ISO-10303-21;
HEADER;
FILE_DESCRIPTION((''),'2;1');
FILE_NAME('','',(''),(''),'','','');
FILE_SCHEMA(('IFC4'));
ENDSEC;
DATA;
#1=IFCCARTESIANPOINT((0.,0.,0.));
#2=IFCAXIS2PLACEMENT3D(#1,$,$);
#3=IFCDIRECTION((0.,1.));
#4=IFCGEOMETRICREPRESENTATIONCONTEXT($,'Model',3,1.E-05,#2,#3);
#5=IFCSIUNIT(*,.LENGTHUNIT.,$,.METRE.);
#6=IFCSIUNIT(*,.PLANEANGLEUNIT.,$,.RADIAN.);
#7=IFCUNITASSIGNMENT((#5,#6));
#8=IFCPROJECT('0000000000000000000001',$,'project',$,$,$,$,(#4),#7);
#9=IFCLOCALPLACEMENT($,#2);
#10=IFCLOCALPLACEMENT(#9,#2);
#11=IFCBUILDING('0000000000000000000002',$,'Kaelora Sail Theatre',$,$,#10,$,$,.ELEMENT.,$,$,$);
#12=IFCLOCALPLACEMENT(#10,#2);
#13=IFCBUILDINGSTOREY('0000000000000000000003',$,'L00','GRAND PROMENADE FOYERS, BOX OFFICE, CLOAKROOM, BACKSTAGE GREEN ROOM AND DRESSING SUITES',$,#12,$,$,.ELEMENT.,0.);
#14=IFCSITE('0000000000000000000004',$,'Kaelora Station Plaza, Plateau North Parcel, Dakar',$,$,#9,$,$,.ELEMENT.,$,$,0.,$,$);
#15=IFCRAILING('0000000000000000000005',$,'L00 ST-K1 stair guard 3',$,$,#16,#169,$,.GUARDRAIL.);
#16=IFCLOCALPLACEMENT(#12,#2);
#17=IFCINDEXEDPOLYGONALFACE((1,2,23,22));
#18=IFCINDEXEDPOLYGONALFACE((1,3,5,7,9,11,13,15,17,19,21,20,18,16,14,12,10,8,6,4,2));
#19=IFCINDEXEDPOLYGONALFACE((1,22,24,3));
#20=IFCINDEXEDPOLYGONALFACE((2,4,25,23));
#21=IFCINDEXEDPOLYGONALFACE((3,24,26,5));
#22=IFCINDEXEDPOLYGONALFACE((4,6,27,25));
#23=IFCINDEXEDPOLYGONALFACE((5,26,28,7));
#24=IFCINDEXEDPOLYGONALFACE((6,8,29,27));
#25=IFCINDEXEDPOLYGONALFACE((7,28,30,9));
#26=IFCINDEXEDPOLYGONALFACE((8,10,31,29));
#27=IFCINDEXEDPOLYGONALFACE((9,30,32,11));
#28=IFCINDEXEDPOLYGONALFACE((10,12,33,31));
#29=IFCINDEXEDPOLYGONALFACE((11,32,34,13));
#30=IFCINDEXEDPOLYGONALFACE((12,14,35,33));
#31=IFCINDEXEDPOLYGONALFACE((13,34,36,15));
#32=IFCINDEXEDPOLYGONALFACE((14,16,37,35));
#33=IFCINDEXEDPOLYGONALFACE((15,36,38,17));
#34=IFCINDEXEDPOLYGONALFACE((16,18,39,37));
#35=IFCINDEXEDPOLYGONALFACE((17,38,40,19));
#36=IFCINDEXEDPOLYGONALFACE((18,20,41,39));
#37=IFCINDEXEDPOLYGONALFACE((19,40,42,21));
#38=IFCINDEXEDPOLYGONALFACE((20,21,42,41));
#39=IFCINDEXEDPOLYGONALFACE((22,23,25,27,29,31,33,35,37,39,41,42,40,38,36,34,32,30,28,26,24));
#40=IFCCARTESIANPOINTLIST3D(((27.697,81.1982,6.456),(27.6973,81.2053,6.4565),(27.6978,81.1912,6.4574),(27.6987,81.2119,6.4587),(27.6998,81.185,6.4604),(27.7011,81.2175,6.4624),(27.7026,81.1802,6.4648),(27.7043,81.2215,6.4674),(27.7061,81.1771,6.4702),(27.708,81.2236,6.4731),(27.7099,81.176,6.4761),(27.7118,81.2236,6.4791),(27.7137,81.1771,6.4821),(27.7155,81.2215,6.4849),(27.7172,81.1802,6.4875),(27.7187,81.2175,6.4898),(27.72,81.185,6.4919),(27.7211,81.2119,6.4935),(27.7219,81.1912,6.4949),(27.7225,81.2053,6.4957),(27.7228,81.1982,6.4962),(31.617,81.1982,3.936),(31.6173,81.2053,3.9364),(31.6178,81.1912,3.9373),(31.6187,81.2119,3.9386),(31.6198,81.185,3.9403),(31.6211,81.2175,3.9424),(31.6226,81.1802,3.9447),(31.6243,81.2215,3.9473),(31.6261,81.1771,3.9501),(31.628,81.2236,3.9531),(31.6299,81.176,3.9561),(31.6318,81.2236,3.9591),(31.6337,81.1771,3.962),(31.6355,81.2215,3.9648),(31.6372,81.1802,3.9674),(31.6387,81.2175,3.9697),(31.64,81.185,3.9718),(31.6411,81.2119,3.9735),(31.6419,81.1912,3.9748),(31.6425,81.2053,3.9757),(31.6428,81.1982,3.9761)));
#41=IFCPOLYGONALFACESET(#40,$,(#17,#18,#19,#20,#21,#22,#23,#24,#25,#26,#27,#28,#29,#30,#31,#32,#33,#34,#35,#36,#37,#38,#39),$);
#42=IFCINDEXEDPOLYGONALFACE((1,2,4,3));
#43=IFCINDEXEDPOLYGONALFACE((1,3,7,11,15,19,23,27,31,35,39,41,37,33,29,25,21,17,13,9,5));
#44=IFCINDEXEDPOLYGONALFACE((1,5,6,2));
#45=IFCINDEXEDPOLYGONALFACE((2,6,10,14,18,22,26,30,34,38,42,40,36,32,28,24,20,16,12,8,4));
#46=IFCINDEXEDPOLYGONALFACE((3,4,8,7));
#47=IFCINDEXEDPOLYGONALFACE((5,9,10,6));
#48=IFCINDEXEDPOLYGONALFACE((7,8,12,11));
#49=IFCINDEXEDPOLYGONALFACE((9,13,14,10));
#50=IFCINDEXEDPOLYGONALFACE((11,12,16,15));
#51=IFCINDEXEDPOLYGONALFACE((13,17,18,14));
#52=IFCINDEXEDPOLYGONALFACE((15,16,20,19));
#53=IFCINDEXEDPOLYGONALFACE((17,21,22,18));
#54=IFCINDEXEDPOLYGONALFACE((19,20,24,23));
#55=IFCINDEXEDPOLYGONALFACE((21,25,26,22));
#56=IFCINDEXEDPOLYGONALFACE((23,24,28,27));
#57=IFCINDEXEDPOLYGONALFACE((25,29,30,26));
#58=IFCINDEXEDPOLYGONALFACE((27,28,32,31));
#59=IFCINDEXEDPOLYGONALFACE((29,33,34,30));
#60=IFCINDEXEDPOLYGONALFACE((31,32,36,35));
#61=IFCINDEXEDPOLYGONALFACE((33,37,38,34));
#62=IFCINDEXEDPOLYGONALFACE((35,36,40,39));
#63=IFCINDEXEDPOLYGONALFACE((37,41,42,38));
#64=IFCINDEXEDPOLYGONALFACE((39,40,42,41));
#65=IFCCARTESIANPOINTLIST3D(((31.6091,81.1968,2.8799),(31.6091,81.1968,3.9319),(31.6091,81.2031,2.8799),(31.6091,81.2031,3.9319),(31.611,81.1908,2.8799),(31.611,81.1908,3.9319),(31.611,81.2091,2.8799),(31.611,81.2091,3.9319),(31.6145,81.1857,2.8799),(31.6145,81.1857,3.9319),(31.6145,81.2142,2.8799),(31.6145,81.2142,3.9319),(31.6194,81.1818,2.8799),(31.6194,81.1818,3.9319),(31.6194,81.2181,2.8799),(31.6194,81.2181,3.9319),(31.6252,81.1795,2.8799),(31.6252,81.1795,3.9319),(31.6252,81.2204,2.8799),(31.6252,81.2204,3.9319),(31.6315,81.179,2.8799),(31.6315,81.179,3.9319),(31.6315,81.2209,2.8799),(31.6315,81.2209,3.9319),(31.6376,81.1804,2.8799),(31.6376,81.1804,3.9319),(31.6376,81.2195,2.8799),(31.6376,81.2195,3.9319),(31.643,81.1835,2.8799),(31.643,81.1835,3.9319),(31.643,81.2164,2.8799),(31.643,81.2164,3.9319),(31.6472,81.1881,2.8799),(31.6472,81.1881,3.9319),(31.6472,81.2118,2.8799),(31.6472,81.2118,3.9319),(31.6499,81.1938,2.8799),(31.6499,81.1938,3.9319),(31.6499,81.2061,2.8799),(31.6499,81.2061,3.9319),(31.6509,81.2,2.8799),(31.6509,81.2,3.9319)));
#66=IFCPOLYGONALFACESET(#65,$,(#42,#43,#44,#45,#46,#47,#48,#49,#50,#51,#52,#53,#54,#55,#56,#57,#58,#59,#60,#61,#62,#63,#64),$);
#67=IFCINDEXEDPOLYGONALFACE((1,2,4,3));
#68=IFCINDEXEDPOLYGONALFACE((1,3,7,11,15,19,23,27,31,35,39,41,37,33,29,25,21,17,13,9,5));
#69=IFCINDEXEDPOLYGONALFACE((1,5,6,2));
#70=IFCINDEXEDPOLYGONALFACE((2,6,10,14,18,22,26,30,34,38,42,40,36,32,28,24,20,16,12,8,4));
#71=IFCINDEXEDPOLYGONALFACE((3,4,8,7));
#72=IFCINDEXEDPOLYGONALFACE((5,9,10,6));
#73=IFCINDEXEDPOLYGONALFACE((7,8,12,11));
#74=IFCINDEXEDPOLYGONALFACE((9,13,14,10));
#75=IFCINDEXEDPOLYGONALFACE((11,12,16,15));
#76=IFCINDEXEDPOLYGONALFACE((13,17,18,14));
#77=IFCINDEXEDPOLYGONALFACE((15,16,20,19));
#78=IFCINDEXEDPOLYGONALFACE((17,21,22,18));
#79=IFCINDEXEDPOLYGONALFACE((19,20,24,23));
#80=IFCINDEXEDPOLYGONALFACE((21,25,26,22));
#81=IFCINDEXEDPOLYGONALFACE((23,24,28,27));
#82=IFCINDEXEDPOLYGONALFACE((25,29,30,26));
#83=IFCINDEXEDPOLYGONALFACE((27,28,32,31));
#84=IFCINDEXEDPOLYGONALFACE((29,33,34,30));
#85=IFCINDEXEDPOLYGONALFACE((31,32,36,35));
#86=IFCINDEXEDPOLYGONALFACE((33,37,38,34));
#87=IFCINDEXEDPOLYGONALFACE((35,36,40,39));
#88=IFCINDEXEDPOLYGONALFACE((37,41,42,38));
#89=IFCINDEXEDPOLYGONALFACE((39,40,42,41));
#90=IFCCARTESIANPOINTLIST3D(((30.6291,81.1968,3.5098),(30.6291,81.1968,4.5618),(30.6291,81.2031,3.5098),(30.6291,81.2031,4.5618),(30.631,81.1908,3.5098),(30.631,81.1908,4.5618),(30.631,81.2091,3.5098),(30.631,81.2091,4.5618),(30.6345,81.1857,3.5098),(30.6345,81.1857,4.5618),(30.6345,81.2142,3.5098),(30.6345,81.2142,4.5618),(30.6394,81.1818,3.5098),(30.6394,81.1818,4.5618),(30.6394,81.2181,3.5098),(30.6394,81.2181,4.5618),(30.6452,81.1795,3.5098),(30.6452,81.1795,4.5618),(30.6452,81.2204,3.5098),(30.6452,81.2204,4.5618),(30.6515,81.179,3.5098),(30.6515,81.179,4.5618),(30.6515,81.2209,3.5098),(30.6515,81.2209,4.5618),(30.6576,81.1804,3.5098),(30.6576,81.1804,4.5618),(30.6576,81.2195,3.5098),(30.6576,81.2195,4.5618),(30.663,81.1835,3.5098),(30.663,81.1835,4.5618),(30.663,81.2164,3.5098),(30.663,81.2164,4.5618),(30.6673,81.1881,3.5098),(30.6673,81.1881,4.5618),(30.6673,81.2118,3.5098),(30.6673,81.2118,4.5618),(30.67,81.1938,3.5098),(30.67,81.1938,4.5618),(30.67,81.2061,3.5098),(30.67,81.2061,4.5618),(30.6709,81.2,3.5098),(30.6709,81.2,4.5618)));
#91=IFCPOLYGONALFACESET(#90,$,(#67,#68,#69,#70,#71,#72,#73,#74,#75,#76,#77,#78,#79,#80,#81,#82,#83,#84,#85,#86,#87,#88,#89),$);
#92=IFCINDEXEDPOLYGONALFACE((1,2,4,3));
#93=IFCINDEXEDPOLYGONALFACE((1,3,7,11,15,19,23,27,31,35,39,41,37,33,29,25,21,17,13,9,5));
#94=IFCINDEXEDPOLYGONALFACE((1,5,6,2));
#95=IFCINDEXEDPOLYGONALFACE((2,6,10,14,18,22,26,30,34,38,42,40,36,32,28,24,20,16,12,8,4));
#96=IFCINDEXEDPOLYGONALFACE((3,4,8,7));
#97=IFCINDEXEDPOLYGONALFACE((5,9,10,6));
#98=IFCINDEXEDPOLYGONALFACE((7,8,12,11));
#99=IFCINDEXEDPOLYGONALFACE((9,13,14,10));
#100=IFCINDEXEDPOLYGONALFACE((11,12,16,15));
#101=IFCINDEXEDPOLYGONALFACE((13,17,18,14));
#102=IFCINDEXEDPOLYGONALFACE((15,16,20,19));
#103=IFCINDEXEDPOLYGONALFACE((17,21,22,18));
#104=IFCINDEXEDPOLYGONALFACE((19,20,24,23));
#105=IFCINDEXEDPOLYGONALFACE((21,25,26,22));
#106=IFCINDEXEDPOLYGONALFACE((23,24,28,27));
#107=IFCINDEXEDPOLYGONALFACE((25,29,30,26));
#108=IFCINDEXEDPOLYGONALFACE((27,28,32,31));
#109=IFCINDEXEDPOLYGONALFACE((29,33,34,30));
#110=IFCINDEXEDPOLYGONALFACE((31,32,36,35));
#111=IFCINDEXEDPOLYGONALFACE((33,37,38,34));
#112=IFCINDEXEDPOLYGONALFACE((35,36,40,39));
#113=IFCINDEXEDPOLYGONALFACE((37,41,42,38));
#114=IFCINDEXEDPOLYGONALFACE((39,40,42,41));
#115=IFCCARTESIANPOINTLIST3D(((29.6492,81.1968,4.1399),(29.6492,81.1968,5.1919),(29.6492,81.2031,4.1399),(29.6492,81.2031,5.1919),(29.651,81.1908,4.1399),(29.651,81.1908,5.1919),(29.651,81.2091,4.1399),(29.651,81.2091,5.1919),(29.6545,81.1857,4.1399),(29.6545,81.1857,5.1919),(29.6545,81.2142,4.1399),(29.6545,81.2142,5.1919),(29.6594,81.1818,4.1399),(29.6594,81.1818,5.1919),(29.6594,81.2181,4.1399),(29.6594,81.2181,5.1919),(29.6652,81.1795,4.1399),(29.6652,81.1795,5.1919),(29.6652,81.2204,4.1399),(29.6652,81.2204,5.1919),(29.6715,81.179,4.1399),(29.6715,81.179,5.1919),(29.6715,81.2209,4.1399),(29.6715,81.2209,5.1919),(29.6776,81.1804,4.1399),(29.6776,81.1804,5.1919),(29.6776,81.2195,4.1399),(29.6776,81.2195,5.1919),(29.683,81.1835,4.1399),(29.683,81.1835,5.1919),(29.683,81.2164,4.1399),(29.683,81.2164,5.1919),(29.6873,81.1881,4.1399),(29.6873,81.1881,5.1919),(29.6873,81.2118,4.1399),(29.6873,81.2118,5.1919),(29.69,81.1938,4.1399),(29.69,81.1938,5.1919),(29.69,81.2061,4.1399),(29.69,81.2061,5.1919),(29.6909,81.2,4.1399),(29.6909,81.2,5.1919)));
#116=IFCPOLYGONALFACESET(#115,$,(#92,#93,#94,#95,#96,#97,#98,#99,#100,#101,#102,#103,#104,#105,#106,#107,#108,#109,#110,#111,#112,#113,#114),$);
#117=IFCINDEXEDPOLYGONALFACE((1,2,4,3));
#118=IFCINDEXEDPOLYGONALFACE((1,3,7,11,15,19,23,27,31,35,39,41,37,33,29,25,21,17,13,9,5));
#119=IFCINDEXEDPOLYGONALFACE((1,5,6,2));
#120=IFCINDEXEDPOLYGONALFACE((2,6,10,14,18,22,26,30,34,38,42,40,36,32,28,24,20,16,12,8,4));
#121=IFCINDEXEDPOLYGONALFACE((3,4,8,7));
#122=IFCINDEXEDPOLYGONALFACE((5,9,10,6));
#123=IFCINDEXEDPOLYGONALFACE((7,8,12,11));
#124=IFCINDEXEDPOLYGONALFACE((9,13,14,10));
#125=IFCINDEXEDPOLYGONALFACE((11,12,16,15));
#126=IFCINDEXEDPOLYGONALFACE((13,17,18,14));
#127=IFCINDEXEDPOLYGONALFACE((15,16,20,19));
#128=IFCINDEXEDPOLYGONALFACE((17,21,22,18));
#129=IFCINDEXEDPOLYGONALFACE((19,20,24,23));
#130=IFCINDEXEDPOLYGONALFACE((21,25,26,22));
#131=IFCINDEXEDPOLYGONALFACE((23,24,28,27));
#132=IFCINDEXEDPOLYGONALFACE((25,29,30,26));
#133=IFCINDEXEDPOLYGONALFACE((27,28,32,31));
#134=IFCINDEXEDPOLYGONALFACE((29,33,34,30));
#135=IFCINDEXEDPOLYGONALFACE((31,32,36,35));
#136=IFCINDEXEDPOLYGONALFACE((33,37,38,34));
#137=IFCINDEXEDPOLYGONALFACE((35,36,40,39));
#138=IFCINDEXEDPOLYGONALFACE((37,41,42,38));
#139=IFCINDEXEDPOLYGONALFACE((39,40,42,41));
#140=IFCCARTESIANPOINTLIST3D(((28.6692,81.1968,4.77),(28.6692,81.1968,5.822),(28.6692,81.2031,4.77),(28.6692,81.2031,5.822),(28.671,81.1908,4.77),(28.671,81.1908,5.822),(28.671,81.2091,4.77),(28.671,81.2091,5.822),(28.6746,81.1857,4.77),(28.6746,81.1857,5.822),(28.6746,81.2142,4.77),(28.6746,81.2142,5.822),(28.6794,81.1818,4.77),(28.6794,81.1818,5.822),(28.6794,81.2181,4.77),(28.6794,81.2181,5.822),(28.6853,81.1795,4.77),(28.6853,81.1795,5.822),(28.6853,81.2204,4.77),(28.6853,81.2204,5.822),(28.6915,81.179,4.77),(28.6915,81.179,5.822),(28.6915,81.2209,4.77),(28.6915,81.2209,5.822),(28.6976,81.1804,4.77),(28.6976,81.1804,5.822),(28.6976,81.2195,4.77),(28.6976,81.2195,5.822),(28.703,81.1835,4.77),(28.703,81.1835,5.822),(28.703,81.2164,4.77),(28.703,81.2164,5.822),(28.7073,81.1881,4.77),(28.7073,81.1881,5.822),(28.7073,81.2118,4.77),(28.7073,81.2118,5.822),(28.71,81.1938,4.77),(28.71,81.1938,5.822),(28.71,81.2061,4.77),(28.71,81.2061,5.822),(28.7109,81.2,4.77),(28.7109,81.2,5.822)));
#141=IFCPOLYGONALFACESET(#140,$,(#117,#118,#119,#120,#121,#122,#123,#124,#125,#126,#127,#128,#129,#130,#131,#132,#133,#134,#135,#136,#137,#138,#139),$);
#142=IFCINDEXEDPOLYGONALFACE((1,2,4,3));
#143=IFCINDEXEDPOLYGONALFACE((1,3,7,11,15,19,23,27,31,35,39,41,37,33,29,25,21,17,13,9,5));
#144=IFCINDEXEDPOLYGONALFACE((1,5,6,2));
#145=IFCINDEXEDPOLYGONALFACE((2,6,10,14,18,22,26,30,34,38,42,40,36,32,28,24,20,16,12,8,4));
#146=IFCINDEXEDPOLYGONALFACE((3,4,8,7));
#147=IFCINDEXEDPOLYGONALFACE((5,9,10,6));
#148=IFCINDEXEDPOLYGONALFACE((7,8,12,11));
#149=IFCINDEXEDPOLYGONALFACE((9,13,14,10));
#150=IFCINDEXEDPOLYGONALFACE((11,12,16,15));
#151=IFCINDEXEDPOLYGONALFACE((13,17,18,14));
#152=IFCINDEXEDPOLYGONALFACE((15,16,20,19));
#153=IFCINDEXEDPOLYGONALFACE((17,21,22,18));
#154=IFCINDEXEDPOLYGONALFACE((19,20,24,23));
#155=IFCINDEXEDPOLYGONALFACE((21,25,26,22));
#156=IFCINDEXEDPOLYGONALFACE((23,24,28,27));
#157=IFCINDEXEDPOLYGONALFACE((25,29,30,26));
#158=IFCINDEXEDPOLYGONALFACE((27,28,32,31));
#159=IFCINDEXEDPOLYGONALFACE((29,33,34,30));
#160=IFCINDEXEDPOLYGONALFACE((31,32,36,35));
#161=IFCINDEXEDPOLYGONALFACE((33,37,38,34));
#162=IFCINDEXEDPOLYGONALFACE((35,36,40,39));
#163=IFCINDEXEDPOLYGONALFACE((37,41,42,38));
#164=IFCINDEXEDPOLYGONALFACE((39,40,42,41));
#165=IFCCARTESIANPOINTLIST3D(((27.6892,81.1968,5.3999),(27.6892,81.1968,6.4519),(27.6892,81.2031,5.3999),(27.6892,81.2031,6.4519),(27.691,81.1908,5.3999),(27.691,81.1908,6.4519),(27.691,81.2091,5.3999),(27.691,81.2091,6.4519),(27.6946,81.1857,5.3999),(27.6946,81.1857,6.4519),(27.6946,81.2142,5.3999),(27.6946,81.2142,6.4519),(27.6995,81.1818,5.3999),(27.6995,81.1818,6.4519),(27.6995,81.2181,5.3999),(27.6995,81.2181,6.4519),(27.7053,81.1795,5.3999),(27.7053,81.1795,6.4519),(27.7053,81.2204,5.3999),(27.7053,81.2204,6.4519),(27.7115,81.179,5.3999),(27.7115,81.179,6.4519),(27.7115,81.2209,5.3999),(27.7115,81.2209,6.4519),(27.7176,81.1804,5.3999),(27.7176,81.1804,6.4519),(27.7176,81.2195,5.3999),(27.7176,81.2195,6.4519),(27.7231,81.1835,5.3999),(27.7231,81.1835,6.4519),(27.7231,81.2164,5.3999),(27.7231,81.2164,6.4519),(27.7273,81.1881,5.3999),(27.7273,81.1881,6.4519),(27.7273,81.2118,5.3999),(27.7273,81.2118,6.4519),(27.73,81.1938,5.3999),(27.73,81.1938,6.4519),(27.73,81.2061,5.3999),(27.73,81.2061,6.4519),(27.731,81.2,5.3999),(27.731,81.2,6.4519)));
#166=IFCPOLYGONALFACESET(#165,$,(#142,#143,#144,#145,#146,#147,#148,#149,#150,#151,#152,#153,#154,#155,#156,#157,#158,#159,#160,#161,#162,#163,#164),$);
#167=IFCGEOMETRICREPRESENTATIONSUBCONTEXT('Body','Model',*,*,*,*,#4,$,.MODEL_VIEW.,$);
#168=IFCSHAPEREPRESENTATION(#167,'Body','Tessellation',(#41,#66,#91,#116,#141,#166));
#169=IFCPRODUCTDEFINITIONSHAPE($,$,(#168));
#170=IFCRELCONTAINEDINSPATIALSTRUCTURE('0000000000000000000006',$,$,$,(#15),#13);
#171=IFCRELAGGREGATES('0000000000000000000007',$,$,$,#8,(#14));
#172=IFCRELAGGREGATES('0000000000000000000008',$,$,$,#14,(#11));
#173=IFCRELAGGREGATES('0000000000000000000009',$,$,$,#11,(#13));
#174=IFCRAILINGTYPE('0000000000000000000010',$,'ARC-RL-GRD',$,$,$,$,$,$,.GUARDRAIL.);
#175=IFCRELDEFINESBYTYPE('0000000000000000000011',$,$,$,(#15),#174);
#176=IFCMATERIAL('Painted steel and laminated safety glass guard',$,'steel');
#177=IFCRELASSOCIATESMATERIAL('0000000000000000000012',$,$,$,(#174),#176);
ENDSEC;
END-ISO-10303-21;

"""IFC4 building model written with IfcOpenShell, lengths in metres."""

from ifc_helpers import new_model, si_unit, direction, frame, origin, origin_2d, place, context, subcontext, project, spatial, circle, extrude, material, type_object, element, save


model = new_model("IFC4")

# Units and contexts
model_context = context("Model", 3, precision=1e-05, world=origin(), true_north=direction((0.0, 1.0)))
body_context = subcontext(model_context, "Body", "Model", "MODEL_VIEW")
ifc_project = project(units=[si_unit("LENGTHUNIT", "METRE"), si_unit("PLANEANGLEUNIT", "RADIAN")], contexts=[model_context])

# Site, building, storey
site_placement = place(None, origin())
site = spatial("IfcSite", under=ifc_project, at=site_placement, Name="Kaelora Station Plaza, Plateau North Parcel, Dakar", CompositionType="ELEMENT", RefElevation=0.0)
building_placement = place(site_placement, origin())
building = spatial("IfcBuilding", under=site, at=building_placement, Name="Kaelora Sail Theatre", CompositionType="ELEMENT")
storey_placement = place(building_placement, origin())
storey = spatial("IfcBuildingStorey", under=building, at=storey_placement, Name="L00", Description="GRAND PROMENADE FOYERS, BOX OFFICE, CLOAKROOM, BACKSTAGE GREEN ROOM AND DRESSING SUITES", CompositionType="ELEMENT", Elevation=0.0)

# Railing
ifc_material_1 = material(Name="Painted steel and laminated safety glass guard", Category="steel")
railing_type_1 = type_object("IfcRailingType", Name="ARC-RL-GRD", PredefinedType="GUARDRAIL", material=ifc_material_1)
railing_1_placement = place(storey_placement, frame((31.6299, 81.2, 2.8799)))
element("IfcRailing", 1, at=railing_1_placement, inside=storey, type_object=railing_type_1, Name="L00 ST-K1 stair guard 3", PredefinedType="GUARDRAIL", context=body_context, shape_type="SweptSolid", body=[
    extrude(circle(Radius=0.0239, at=origin_2d()), frame((0.0, 0.0, 1.0762), z_axis=(-0.841172, 0.0, 0.540768), x_axis=(0.0, -1.0, 0.0)), (0.0, 0.0, 1.0), 4.6602),
    extrude(circle(Radius=0.021, at=origin_2d()), origin(), (0.0, 0.0, 1.0), 1.052),
    extrude(circle(Radius=0.021, at=origin_2d()), frame((-0.98, 0.0, 0.6299)), (0.0, 0.0, 1.0), 1.052),
    extrude(circle(Radius=0.021, at=origin_2d()), frame((-1.96, 0.0, 1.26)), (0.0, 0.0, 1.0), 1.052),
    extrude(circle(Radius=0.021, at=origin_2d()), frame((-2.9399, 0.0, 1.8901)), (0.0, 0.0, 1.0), 1.052),
    extrude(circle(Radius=0.021, at=origin_2d()), frame((-3.9199, 0.0, 2.52)), (0.0, 0.0, 1.0), 1.052),
])

save(model, "model.ifc")
